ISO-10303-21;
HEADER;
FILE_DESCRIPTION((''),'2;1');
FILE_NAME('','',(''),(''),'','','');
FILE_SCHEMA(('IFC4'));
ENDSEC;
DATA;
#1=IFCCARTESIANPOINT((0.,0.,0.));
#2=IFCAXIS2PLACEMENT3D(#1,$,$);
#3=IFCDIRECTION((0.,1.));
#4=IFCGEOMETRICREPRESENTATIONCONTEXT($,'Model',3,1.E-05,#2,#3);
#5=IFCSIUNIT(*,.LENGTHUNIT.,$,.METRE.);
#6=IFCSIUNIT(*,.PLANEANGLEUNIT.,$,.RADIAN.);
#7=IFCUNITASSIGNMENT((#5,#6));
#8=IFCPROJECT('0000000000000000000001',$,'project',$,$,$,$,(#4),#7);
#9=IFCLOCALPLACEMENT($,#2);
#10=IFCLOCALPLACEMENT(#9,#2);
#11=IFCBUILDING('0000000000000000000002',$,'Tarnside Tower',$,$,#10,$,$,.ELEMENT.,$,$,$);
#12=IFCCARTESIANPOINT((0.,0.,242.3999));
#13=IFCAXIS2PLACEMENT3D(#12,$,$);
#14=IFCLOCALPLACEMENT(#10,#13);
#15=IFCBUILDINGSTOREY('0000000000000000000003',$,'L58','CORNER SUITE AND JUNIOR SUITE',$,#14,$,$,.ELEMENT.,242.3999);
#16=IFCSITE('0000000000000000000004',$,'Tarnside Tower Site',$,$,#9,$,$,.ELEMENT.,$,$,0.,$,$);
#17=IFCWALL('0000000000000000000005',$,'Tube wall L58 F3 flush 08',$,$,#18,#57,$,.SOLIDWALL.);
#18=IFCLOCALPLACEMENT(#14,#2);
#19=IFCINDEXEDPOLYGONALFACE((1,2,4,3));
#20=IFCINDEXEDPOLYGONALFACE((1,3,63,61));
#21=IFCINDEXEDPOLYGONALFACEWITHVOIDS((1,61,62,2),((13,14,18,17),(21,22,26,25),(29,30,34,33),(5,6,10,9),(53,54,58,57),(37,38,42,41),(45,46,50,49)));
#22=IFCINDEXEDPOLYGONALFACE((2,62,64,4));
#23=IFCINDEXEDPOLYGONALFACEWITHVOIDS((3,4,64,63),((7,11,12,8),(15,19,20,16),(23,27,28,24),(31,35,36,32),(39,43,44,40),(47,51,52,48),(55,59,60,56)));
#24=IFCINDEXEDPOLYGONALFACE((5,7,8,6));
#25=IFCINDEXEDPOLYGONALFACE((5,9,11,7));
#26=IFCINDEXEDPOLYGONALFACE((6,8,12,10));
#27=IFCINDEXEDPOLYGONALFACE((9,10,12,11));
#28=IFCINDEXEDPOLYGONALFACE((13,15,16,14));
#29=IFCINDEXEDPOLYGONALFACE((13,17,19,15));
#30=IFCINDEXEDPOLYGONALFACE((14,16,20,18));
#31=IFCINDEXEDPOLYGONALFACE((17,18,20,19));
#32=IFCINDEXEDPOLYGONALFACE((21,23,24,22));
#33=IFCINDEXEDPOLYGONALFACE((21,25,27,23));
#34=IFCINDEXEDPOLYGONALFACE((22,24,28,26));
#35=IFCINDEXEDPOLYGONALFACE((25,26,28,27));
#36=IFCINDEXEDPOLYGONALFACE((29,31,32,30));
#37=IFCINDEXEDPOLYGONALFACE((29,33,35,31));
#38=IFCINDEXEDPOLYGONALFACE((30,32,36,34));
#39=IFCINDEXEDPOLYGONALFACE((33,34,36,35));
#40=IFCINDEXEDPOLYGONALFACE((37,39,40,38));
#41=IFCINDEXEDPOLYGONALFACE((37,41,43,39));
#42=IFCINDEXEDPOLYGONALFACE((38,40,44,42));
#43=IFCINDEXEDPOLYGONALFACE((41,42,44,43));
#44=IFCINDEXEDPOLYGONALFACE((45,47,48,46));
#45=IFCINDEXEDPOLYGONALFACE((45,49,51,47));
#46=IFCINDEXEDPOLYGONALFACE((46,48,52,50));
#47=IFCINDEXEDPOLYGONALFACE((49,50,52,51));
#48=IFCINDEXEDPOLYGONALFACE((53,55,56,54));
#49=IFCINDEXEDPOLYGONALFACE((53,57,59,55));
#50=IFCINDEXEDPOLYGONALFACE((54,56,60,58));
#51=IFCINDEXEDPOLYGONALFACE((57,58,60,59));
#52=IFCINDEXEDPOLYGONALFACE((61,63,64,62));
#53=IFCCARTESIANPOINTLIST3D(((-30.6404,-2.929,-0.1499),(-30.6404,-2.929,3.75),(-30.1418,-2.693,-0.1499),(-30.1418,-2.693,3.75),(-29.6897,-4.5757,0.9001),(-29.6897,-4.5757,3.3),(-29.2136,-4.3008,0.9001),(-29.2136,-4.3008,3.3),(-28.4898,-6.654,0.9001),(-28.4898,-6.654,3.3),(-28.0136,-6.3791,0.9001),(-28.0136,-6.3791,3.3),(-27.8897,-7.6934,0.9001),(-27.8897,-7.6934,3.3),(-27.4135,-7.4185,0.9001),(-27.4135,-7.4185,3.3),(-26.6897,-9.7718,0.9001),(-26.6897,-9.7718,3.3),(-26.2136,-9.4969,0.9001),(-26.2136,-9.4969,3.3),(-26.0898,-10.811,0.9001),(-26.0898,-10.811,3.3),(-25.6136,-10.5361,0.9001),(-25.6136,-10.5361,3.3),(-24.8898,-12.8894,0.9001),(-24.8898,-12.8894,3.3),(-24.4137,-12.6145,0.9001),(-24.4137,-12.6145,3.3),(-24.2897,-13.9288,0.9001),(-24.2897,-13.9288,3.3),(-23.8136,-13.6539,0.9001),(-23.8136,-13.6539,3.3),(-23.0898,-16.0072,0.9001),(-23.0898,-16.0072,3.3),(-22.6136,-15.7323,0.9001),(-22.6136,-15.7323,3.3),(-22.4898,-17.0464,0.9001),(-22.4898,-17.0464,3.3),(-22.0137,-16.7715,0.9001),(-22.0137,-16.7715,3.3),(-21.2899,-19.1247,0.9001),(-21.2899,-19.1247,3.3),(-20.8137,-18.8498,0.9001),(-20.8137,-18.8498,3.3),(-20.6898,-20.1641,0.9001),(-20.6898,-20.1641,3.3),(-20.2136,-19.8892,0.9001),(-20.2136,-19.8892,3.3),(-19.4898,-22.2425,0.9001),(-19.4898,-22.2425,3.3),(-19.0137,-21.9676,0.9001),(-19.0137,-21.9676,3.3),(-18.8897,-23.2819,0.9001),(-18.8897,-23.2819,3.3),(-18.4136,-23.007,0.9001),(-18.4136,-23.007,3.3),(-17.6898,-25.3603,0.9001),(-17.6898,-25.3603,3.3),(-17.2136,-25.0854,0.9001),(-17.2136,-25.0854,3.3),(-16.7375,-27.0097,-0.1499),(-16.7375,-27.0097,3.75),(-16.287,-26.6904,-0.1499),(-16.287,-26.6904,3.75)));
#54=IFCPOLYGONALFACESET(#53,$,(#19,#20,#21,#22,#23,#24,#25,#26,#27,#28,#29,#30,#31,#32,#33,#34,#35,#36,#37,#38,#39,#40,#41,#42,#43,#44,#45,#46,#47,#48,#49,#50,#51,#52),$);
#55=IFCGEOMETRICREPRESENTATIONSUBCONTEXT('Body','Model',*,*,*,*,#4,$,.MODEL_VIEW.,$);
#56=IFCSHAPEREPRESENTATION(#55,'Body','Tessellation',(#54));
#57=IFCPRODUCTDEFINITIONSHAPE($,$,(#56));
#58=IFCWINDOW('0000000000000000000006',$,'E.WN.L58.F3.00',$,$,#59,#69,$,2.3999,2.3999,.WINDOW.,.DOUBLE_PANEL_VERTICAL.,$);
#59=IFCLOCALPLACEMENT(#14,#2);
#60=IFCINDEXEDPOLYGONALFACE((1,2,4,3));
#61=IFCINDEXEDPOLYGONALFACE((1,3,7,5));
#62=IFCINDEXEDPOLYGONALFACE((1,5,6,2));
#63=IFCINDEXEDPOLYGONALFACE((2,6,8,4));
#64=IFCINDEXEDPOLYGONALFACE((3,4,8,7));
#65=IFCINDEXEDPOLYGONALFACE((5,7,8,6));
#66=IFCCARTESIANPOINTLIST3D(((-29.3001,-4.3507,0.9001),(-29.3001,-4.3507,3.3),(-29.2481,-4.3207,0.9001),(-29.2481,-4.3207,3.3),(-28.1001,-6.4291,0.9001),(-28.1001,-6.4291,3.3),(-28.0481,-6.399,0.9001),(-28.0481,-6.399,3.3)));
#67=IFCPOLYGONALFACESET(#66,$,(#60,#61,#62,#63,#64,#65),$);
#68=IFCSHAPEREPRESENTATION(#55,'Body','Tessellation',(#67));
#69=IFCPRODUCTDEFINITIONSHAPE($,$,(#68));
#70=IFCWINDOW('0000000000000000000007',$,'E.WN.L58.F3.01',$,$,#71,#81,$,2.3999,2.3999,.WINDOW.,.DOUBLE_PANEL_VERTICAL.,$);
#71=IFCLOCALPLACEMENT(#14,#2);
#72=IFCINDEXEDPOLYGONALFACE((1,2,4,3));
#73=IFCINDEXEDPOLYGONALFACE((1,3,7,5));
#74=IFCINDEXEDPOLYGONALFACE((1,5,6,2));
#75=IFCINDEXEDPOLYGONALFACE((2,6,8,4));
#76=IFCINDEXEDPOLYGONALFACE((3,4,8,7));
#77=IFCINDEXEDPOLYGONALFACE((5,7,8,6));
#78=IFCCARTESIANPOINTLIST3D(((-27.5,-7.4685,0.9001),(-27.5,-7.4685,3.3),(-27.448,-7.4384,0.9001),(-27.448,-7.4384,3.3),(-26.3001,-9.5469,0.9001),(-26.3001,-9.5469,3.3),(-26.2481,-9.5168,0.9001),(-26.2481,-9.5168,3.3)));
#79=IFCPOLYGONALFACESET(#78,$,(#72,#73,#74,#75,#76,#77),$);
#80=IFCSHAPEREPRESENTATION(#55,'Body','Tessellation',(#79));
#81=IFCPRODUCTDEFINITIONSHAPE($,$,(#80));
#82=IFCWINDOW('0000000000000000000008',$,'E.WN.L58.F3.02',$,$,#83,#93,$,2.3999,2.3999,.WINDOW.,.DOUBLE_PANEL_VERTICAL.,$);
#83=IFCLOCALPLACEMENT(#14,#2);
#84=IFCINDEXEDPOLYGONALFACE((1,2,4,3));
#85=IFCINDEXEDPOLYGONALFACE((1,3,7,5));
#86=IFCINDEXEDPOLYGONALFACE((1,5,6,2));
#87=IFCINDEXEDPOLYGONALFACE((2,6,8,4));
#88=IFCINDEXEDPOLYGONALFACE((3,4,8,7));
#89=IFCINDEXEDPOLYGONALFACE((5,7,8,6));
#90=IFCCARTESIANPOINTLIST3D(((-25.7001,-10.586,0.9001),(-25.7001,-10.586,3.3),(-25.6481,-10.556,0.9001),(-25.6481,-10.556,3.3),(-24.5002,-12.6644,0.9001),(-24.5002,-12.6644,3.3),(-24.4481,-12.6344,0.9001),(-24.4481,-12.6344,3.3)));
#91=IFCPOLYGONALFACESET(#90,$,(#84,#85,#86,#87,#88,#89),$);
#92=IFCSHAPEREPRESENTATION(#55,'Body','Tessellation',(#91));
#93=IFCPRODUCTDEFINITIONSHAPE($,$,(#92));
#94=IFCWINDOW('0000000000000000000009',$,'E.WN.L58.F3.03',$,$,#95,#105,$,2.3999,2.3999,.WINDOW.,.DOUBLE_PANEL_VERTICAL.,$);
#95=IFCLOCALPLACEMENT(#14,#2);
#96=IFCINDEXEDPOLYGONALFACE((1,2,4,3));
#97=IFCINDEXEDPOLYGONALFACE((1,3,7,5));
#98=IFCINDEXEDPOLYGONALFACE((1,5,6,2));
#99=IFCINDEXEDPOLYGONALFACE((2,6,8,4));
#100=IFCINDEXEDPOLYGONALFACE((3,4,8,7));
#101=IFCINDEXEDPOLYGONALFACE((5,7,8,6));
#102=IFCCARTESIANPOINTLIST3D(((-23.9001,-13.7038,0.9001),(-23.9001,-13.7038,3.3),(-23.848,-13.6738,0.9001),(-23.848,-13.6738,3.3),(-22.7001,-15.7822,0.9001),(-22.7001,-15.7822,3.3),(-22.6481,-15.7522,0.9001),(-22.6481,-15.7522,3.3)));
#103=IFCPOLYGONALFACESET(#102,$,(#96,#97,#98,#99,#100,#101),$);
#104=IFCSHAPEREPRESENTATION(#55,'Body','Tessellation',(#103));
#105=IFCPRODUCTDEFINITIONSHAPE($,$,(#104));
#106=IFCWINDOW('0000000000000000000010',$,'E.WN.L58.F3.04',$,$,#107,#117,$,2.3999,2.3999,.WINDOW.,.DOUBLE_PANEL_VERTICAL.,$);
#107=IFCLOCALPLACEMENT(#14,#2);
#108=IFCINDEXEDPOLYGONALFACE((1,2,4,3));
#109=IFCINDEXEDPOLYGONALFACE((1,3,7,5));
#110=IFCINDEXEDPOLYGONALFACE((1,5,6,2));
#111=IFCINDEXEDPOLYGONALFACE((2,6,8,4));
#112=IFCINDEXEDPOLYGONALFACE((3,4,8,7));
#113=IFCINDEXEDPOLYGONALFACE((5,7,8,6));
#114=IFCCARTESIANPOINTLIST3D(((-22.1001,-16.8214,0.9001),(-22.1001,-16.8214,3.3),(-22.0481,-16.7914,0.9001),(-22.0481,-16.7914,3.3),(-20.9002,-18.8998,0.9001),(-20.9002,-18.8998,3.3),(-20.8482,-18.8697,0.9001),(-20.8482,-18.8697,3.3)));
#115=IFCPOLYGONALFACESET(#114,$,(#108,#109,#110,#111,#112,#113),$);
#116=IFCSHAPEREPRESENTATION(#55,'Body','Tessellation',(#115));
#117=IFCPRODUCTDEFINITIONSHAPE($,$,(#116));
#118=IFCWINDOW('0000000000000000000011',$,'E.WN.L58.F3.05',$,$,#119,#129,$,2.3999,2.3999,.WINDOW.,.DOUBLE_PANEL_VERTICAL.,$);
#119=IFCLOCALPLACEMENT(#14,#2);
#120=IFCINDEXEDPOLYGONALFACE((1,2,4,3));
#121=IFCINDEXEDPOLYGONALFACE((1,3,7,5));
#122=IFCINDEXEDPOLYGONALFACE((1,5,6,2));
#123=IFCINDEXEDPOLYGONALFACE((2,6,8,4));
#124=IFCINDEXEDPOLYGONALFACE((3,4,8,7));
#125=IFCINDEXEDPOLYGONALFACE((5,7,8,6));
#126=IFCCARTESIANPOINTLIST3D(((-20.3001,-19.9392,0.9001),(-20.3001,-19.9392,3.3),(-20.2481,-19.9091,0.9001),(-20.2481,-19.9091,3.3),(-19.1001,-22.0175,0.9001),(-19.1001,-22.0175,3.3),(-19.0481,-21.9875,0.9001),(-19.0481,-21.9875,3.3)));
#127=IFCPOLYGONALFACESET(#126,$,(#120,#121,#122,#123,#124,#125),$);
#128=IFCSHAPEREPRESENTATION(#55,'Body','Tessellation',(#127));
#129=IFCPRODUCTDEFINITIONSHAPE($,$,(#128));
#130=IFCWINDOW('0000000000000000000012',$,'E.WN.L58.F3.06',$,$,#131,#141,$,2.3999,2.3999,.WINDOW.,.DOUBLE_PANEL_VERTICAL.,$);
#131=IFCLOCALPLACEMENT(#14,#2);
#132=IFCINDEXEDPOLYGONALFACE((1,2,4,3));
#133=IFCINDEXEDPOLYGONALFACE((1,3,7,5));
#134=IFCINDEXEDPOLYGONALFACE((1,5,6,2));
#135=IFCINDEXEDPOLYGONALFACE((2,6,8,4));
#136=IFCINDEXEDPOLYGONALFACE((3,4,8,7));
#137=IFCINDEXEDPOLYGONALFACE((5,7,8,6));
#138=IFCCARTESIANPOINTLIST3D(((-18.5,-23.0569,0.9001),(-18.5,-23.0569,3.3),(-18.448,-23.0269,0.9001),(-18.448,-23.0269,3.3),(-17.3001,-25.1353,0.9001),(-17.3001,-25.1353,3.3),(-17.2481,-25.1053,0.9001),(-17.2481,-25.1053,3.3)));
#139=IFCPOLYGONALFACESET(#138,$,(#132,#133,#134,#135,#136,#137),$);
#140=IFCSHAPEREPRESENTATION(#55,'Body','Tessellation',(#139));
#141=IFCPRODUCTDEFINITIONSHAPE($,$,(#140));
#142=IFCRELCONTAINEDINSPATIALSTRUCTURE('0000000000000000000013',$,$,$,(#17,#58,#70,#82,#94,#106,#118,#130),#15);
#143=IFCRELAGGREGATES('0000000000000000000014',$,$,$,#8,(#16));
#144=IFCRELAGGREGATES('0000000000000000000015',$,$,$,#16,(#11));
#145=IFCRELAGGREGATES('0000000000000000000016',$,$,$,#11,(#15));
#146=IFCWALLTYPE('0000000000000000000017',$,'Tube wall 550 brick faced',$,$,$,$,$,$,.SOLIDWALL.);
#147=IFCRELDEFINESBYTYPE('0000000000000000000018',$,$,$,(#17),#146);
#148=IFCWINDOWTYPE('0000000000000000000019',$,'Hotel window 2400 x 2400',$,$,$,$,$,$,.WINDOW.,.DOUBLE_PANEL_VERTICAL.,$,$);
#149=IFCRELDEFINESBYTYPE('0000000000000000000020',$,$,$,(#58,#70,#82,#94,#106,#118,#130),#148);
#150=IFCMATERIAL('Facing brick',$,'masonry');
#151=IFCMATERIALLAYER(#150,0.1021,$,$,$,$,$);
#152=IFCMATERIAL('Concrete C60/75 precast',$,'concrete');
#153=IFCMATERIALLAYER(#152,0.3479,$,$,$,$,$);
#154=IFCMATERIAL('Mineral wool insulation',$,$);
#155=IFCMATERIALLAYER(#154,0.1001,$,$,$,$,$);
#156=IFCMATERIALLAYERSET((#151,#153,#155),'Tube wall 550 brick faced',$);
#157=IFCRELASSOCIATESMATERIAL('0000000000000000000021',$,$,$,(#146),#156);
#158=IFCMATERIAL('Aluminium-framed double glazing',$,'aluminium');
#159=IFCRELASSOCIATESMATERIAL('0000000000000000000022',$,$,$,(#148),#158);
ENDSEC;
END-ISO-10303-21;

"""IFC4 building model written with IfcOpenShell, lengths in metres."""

from ifc_helpers import new_model, si_unit, direction, frame, frame_2d, origin, place, context, subcontext, project, spatial, polyline, rectangle, outline, extrude, material, layer, layer_set, type_object, element, fill, save


model = new_model("IFC4")

# Units and contexts
model_context = context("Model", 3, precision=1e-05, world=origin(), true_north=direction((0.0, 1.0)))
body_context = subcontext(model_context, "Body", "Model", "MODEL_VIEW")
ifc_project = project(units=[si_unit("LENGTHUNIT", "METRE"), si_unit("PLANEANGLEUNIT", "RADIAN")], contexts=[model_context])

# Site, building, storey
site_placement = place(None, origin())
site = spatial("IfcSite", under=ifc_project, at=site_placement, Name="Tarnside Tower Site", CompositionType="ELEMENT", RefElevation=0.0)
building_placement = place(site_placement, origin())
building = spatial("IfcBuilding", under=site, at=building_placement, Name="Tarnside Tower", CompositionType="ELEMENT")
storey_placement = place(building_placement, frame((0.0, 0.0, 242.3999)))
storey = spatial("IfcBuildingStorey", under=building, at=storey_placement, Name="L58", Description="CORNER SUITE AND JUNIOR SUITE", CompositionType="ELEMENT", Elevation=242.3999)

# Shared definitions
ifc_material_1 = material(Name="Facing brick", Category="masonry")
ifc_layer_1 = layer(ifc_material_1, 0.1021)
ifc_material_2 = material(Name="Concrete C60/75 precast", Category="concrete")
ifc_layer_2 = layer(ifc_material_2, 0.3479)
ifc_material_3 = material(Name="Mineral wool insulation")
ifc_layer_3 = layer(ifc_material_3, 0.1001)
ifc_layer_set_1 = layer_set([ifc_layer_1, ifc_layer_2, ifc_layer_3], Name="Tube wall 550 brick faced")
wall_type_1 = type_object("IfcWallType", Name="Tube wall 550 brick faced", PredefinedType="SOLIDWALL", material=ifc_layer_set_1)

# Wall, openings, windows
wall_1_placement = place(storey_placement, frame((-30.3911, -2.811, -0.1499), z_axis=(0.0, 0.0, 1.0), x_axis=(0.499999, -0.866026, 0.0)))
wall_1 = element("IfcWall", 1, at=wall_1_placement, inside=storey, type_object=wall_type_1, Name="Tube wall L58 F3 flush 08", PredefinedType="SOLIDWALL", context=body_context, shape_type="SweptSolid", body=[
    extrude(outline(polyline([(-0.0225, -0.2749), (27.7834, -0.2749), (27.7322, 0.2749), (0.0225, 0.2749), (-0.0225, -0.2749)])), origin(), (0.0, 0.0, 1.0), 3.8999),
])
opening_1_placement = place(wall_1_placement, frame((1.8789, 0.0, 1.05)))
opening_1 = element("IfcOpeningElement", 2, at=opening_1_placement, cuts=wall_1, PredefinedType="OPENING", context=body_context, shape_type="SweptSolid", body=[
    extrude(rectangle(XDim=2.3999, YDim=2.3999, at=frame_2d((1.2, 1.2))), frame((0.0, 0.2852, 0.0), z_axis=(0.0, -1.0, 0.0), x_axis=(1.0, 0.0, 0.0)), (0.0, 0.0, 1.0), 0.5701),
])
opening_2_placement = place(wall_1_placement, frame((5.479, 0.0, 1.05)))
opening_2 = element("IfcOpeningElement", 3, at=opening_2_placement, cuts=wall_1, PredefinedType="OPENING", context=body_context, shape_type="SweptSolid", body=[
    extrude(rectangle(XDim=2.3999, YDim=2.3999, at=frame_2d((1.2, 1.2))), frame((0.0, 0.2852, 0.0), z_axis=(0.0, -1.0, 0.0), x_axis=(1.0, 0.0, 0.0)), (0.0, 0.0, 1.0), 0.5701),
])
opening_3_placement = place(wall_1_placement, frame((9.0789, 0.0, 1.05)))
opening_3 = element("IfcOpeningElement", 4, at=opening_3_placement, cuts=wall_1, PredefinedType="OPENING", context=body_context, shape_type="SweptSolid", body=[
    extrude(rectangle(XDim=2.3999, YDim=2.3999, at=frame_2d((1.2, 1.2))), frame((0.0, 0.2852, 0.0), z_axis=(0.0, -1.0, 0.0), x_axis=(1.0, 0.0, 0.0)), (0.0, 0.0, 1.0), 0.5701),
])
opening_4_placement = place(wall_1_placement, frame((12.679, 0.0, 1.05)))
opening_4 = element("IfcOpeningElement", 5, at=opening_4_placement, cuts=wall_1, PredefinedType="OPENING", context=body_context, shape_type="SweptSolid", body=[
    extrude(rectangle(XDim=2.3999, YDim=2.3999, at=frame_2d((1.2, 1.2))), frame((0.0, 0.2852, 0.0), z_axis=(0.0, -1.0, 0.0), x_axis=(1.0, 0.0, 0.0)), (0.0, 0.0, 1.0), 0.5701),
])
opening_5_placement = place(wall_1_placement, frame((16.2788, 0.0, 1.05)))
opening_5 = element("IfcOpeningElement", 6, at=opening_5_placement, cuts=wall_1, PredefinedType="OPENING", context=body_context, shape_type="SweptSolid", body=[
    extrude(rectangle(XDim=2.3999, YDim=2.3999, at=frame_2d((1.2, 1.2))), frame((0.0, 0.2852, 0.0), z_axis=(0.0, -1.0, 0.0), x_axis=(1.0, 0.0, 0.0)), (0.0, 0.0, 1.0), 0.5701),
])
opening_6_placement = place(wall_1_placement, frame((19.8789, 0.0, 1.05)))
opening_6 = element("IfcOpeningElement", 7, at=opening_6_placement, cuts=wall_1, PredefinedType="OPENING", context=body_context, shape_type="SweptSolid", body=[
    extrude(rectangle(XDim=2.3999, YDim=2.3999, at=frame_2d((1.2, 1.2))), frame((0.0, 0.2852, 0.0), z_axis=(0.0, -1.0, 0.0), x_axis=(1.0, 0.0, 0.0)), (0.0, 0.0, 1.0), 0.5701),
])
opening_7_placement = place(wall_1_placement, frame((23.479, 0.0, 1.05)))
opening_7 = element("IfcOpeningElement", 8, at=opening_7_placement, cuts=wall_1, PredefinedType="OPENING", context=body_context, shape_type="SweptSolid", body=[
    extrude(rectangle(XDim=2.3999, YDim=2.3999, at=frame_2d((1.2, 1.2))), frame((0.0, 0.2852, 0.0), z_axis=(0.0, -1.0, 0.0), x_axis=(1.0, 0.0, 0.0)), (0.0, 0.0, 1.0), 0.5701),
])
ifc_material_4 = material(Name="Aluminium-framed double glazing", Category="aluminium")
window_type = type_object("IfcWindowType", Name="Hotel window 2400 x 2400", PartitioningType="DOUBLE_PANEL_VERTICAL", PredefinedType="WINDOW", material=ifc_material_4)
window_1_placement = place(opening_1_placement, frame((0.0, 0.2051, 0.0)))
window_1 = element("IfcWindow", 9, at=window_1_placement, inside=storey, type_object=window_type, Name="E.WN.L58.F3.00", OverallHeight=2.3999, OverallWidth=2.3999, PartitioningType="DOUBLE_PANEL_VERTICAL", PredefinedType="WINDOW", context=body_context, shape_type="SweptSolid", body=[
    extrude(rectangle(XDim=2.3999, YDim=2.3999, at=frame_2d((1.2, 1.2))), frame((0.0, 0.03, 0.0), z_axis=(0.0, -1.0, 0.0), x_axis=(1.0, 0.0, 0.0)), (0.0, 0.0, 1.0), 0.0601),
])
fill(opening_1, window_1)
window_2_placement = place(opening_2_placement, frame((0.0, 0.2051, 0.0)))
window_2 = element("IfcWindow", 10, at=window_2_placement, inside=storey, type_object=window_type, Name="E.WN.L58.F3.01", OverallHeight=2.3999, OverallWidth=2.3999, PartitioningType="DOUBLE_PANEL_VERTICAL", PredefinedType="WINDOW", context=body_context, shape_type="SweptSolid", body=[
    extrude(rectangle(XDim=2.3999, YDim=2.3999, at=frame_2d((1.2, 1.2))), frame((0.0, 0.03, 0.0), z_axis=(0.0, -1.0, 0.0), x_axis=(1.0, 0.0, 0.0)), (0.0, 0.0, 1.0), 0.0601),
])
fill(opening_2, window_2)
window_3_placement = place(opening_3_placement, frame((0.0, 0.2051, 0.0)))
window_3 = element("IfcWindow", 11, at=window_3_placement, inside=storey, type_object=window_type, Name="E.WN.L58.F3.02", OverallHeight=2.3999, OverallWidth=2.3999, PartitioningType="DOUBLE_PANEL_VERTICAL", PredefinedType="WINDOW", context=body_context, shape_type="SweptSolid", body=[
    extrude(rectangle(XDim=2.3999, YDim=2.3999, at=frame_2d((1.2, 1.2))), frame((0.0, 0.03, 0.0), z_axis=(0.0, -1.0, 0.0), x_axis=(1.0, 0.0, 0.0)), (0.0, 0.0, 1.0), 0.0601),
])
fill(opening_3, window_3)
window_4_placement = place(opening_4_placement, frame((0.0, 0.2051, 0.0)))
window_4 = element("IfcWindow", 12, at=window_4_placement, inside=storey, type_object=window_type, Name="E.WN.L58.F3.03", OverallHeight=2.3999, OverallWidth=2.3999, PartitioningType="DOUBLE_PANEL_VERTICAL", PredefinedType="WINDOW", context=body_context, shape_type="SweptSolid", body=[
    extrude(rectangle(XDim=2.3999, YDim=2.3999, at=frame_2d((1.2, 1.2))), frame((0.0, 0.03, 0.0), z_axis=(0.0, -1.0, 0.0), x_axis=(1.0, 0.0, 0.0)), (0.0, 0.0, 1.0), 0.0601),
])
fill(opening_4, window_4)
window_5_placement = place(opening_5_placement, frame((0.0, 0.2051, 0.0)))
window_5 = element("IfcWindow", 13, at=window_5_placement, inside=storey, type_object=window_type, Name="E.WN.L58.F3.04", OverallHeight=2.3999, OverallWidth=2.3999, PartitioningType="DOUBLE_PANEL_VERTICAL", PredefinedType="WINDOW", context=body_context, shape_type="SweptSolid", body=[
    extrude(rectangle(XDim=2.3999, YDim=2.3999, at=frame_2d((1.2, 1.2))), frame((0.0, 0.03, 0.0), z_axis=(0.0, -1.0, 0.0), x_axis=(1.0, 0.0, 0.0)), (0.0, 0.0, 1.0), 0.0601),
])
fill(opening_5, window_5)
window_6_placement = place(opening_6_placement, frame((0.0, 0.2051, 0.0)))
window_6 = element("IfcWindow", 14, at=window_6_placement, inside=storey, type_object=window_type, Name="E.WN.L58.F3.05", OverallHeight=2.3999, OverallWidth=2.3999, PartitioningType="DOUBLE_PANEL_VERTICAL", PredefinedType="WINDOW", context=body_context, shape_type="SweptSolid", body=[
    extrude(rectangle(XDim=2.3999, YDim=2.3999, at=frame_2d((1.2, 1.2))), frame((0.0, 0.03, 0.0), z_axis=(0.0, -1.0, 0.0), x_axis=(1.0, 0.0, 0.0)), (0.0, 0.0, 1.0), 0.0601),
])
fill(opening_6, window_6)
window_7_placement = place(opening_7_placement, frame((0.0, 0.2051, 0.0)))
window_7 = element("IfcWindow", 15, at=window_7_placement, inside=storey, type_object=window_type, Name="E.WN.L58.F3.06", OverallHeight=2.3999, OverallWidth=2.3999, PartitioningType="DOUBLE_PANEL_VERTICAL", PredefinedType="WINDOW", context=body_context, shape_type="SweptSolid", body=[
    extrude(rectangle(XDim=2.3999, YDim=2.3999, at=frame_2d((1.2, 1.2))), frame((0.0, 0.03, 0.0), z_axis=(0.0, -1.0, 0.0), x_axis=(1.0, 0.0, 0.0)), (0.0, 0.0, 1.0), 0.0601),
])
fill(opening_7, window_7)

save(model, "model.ifc")
